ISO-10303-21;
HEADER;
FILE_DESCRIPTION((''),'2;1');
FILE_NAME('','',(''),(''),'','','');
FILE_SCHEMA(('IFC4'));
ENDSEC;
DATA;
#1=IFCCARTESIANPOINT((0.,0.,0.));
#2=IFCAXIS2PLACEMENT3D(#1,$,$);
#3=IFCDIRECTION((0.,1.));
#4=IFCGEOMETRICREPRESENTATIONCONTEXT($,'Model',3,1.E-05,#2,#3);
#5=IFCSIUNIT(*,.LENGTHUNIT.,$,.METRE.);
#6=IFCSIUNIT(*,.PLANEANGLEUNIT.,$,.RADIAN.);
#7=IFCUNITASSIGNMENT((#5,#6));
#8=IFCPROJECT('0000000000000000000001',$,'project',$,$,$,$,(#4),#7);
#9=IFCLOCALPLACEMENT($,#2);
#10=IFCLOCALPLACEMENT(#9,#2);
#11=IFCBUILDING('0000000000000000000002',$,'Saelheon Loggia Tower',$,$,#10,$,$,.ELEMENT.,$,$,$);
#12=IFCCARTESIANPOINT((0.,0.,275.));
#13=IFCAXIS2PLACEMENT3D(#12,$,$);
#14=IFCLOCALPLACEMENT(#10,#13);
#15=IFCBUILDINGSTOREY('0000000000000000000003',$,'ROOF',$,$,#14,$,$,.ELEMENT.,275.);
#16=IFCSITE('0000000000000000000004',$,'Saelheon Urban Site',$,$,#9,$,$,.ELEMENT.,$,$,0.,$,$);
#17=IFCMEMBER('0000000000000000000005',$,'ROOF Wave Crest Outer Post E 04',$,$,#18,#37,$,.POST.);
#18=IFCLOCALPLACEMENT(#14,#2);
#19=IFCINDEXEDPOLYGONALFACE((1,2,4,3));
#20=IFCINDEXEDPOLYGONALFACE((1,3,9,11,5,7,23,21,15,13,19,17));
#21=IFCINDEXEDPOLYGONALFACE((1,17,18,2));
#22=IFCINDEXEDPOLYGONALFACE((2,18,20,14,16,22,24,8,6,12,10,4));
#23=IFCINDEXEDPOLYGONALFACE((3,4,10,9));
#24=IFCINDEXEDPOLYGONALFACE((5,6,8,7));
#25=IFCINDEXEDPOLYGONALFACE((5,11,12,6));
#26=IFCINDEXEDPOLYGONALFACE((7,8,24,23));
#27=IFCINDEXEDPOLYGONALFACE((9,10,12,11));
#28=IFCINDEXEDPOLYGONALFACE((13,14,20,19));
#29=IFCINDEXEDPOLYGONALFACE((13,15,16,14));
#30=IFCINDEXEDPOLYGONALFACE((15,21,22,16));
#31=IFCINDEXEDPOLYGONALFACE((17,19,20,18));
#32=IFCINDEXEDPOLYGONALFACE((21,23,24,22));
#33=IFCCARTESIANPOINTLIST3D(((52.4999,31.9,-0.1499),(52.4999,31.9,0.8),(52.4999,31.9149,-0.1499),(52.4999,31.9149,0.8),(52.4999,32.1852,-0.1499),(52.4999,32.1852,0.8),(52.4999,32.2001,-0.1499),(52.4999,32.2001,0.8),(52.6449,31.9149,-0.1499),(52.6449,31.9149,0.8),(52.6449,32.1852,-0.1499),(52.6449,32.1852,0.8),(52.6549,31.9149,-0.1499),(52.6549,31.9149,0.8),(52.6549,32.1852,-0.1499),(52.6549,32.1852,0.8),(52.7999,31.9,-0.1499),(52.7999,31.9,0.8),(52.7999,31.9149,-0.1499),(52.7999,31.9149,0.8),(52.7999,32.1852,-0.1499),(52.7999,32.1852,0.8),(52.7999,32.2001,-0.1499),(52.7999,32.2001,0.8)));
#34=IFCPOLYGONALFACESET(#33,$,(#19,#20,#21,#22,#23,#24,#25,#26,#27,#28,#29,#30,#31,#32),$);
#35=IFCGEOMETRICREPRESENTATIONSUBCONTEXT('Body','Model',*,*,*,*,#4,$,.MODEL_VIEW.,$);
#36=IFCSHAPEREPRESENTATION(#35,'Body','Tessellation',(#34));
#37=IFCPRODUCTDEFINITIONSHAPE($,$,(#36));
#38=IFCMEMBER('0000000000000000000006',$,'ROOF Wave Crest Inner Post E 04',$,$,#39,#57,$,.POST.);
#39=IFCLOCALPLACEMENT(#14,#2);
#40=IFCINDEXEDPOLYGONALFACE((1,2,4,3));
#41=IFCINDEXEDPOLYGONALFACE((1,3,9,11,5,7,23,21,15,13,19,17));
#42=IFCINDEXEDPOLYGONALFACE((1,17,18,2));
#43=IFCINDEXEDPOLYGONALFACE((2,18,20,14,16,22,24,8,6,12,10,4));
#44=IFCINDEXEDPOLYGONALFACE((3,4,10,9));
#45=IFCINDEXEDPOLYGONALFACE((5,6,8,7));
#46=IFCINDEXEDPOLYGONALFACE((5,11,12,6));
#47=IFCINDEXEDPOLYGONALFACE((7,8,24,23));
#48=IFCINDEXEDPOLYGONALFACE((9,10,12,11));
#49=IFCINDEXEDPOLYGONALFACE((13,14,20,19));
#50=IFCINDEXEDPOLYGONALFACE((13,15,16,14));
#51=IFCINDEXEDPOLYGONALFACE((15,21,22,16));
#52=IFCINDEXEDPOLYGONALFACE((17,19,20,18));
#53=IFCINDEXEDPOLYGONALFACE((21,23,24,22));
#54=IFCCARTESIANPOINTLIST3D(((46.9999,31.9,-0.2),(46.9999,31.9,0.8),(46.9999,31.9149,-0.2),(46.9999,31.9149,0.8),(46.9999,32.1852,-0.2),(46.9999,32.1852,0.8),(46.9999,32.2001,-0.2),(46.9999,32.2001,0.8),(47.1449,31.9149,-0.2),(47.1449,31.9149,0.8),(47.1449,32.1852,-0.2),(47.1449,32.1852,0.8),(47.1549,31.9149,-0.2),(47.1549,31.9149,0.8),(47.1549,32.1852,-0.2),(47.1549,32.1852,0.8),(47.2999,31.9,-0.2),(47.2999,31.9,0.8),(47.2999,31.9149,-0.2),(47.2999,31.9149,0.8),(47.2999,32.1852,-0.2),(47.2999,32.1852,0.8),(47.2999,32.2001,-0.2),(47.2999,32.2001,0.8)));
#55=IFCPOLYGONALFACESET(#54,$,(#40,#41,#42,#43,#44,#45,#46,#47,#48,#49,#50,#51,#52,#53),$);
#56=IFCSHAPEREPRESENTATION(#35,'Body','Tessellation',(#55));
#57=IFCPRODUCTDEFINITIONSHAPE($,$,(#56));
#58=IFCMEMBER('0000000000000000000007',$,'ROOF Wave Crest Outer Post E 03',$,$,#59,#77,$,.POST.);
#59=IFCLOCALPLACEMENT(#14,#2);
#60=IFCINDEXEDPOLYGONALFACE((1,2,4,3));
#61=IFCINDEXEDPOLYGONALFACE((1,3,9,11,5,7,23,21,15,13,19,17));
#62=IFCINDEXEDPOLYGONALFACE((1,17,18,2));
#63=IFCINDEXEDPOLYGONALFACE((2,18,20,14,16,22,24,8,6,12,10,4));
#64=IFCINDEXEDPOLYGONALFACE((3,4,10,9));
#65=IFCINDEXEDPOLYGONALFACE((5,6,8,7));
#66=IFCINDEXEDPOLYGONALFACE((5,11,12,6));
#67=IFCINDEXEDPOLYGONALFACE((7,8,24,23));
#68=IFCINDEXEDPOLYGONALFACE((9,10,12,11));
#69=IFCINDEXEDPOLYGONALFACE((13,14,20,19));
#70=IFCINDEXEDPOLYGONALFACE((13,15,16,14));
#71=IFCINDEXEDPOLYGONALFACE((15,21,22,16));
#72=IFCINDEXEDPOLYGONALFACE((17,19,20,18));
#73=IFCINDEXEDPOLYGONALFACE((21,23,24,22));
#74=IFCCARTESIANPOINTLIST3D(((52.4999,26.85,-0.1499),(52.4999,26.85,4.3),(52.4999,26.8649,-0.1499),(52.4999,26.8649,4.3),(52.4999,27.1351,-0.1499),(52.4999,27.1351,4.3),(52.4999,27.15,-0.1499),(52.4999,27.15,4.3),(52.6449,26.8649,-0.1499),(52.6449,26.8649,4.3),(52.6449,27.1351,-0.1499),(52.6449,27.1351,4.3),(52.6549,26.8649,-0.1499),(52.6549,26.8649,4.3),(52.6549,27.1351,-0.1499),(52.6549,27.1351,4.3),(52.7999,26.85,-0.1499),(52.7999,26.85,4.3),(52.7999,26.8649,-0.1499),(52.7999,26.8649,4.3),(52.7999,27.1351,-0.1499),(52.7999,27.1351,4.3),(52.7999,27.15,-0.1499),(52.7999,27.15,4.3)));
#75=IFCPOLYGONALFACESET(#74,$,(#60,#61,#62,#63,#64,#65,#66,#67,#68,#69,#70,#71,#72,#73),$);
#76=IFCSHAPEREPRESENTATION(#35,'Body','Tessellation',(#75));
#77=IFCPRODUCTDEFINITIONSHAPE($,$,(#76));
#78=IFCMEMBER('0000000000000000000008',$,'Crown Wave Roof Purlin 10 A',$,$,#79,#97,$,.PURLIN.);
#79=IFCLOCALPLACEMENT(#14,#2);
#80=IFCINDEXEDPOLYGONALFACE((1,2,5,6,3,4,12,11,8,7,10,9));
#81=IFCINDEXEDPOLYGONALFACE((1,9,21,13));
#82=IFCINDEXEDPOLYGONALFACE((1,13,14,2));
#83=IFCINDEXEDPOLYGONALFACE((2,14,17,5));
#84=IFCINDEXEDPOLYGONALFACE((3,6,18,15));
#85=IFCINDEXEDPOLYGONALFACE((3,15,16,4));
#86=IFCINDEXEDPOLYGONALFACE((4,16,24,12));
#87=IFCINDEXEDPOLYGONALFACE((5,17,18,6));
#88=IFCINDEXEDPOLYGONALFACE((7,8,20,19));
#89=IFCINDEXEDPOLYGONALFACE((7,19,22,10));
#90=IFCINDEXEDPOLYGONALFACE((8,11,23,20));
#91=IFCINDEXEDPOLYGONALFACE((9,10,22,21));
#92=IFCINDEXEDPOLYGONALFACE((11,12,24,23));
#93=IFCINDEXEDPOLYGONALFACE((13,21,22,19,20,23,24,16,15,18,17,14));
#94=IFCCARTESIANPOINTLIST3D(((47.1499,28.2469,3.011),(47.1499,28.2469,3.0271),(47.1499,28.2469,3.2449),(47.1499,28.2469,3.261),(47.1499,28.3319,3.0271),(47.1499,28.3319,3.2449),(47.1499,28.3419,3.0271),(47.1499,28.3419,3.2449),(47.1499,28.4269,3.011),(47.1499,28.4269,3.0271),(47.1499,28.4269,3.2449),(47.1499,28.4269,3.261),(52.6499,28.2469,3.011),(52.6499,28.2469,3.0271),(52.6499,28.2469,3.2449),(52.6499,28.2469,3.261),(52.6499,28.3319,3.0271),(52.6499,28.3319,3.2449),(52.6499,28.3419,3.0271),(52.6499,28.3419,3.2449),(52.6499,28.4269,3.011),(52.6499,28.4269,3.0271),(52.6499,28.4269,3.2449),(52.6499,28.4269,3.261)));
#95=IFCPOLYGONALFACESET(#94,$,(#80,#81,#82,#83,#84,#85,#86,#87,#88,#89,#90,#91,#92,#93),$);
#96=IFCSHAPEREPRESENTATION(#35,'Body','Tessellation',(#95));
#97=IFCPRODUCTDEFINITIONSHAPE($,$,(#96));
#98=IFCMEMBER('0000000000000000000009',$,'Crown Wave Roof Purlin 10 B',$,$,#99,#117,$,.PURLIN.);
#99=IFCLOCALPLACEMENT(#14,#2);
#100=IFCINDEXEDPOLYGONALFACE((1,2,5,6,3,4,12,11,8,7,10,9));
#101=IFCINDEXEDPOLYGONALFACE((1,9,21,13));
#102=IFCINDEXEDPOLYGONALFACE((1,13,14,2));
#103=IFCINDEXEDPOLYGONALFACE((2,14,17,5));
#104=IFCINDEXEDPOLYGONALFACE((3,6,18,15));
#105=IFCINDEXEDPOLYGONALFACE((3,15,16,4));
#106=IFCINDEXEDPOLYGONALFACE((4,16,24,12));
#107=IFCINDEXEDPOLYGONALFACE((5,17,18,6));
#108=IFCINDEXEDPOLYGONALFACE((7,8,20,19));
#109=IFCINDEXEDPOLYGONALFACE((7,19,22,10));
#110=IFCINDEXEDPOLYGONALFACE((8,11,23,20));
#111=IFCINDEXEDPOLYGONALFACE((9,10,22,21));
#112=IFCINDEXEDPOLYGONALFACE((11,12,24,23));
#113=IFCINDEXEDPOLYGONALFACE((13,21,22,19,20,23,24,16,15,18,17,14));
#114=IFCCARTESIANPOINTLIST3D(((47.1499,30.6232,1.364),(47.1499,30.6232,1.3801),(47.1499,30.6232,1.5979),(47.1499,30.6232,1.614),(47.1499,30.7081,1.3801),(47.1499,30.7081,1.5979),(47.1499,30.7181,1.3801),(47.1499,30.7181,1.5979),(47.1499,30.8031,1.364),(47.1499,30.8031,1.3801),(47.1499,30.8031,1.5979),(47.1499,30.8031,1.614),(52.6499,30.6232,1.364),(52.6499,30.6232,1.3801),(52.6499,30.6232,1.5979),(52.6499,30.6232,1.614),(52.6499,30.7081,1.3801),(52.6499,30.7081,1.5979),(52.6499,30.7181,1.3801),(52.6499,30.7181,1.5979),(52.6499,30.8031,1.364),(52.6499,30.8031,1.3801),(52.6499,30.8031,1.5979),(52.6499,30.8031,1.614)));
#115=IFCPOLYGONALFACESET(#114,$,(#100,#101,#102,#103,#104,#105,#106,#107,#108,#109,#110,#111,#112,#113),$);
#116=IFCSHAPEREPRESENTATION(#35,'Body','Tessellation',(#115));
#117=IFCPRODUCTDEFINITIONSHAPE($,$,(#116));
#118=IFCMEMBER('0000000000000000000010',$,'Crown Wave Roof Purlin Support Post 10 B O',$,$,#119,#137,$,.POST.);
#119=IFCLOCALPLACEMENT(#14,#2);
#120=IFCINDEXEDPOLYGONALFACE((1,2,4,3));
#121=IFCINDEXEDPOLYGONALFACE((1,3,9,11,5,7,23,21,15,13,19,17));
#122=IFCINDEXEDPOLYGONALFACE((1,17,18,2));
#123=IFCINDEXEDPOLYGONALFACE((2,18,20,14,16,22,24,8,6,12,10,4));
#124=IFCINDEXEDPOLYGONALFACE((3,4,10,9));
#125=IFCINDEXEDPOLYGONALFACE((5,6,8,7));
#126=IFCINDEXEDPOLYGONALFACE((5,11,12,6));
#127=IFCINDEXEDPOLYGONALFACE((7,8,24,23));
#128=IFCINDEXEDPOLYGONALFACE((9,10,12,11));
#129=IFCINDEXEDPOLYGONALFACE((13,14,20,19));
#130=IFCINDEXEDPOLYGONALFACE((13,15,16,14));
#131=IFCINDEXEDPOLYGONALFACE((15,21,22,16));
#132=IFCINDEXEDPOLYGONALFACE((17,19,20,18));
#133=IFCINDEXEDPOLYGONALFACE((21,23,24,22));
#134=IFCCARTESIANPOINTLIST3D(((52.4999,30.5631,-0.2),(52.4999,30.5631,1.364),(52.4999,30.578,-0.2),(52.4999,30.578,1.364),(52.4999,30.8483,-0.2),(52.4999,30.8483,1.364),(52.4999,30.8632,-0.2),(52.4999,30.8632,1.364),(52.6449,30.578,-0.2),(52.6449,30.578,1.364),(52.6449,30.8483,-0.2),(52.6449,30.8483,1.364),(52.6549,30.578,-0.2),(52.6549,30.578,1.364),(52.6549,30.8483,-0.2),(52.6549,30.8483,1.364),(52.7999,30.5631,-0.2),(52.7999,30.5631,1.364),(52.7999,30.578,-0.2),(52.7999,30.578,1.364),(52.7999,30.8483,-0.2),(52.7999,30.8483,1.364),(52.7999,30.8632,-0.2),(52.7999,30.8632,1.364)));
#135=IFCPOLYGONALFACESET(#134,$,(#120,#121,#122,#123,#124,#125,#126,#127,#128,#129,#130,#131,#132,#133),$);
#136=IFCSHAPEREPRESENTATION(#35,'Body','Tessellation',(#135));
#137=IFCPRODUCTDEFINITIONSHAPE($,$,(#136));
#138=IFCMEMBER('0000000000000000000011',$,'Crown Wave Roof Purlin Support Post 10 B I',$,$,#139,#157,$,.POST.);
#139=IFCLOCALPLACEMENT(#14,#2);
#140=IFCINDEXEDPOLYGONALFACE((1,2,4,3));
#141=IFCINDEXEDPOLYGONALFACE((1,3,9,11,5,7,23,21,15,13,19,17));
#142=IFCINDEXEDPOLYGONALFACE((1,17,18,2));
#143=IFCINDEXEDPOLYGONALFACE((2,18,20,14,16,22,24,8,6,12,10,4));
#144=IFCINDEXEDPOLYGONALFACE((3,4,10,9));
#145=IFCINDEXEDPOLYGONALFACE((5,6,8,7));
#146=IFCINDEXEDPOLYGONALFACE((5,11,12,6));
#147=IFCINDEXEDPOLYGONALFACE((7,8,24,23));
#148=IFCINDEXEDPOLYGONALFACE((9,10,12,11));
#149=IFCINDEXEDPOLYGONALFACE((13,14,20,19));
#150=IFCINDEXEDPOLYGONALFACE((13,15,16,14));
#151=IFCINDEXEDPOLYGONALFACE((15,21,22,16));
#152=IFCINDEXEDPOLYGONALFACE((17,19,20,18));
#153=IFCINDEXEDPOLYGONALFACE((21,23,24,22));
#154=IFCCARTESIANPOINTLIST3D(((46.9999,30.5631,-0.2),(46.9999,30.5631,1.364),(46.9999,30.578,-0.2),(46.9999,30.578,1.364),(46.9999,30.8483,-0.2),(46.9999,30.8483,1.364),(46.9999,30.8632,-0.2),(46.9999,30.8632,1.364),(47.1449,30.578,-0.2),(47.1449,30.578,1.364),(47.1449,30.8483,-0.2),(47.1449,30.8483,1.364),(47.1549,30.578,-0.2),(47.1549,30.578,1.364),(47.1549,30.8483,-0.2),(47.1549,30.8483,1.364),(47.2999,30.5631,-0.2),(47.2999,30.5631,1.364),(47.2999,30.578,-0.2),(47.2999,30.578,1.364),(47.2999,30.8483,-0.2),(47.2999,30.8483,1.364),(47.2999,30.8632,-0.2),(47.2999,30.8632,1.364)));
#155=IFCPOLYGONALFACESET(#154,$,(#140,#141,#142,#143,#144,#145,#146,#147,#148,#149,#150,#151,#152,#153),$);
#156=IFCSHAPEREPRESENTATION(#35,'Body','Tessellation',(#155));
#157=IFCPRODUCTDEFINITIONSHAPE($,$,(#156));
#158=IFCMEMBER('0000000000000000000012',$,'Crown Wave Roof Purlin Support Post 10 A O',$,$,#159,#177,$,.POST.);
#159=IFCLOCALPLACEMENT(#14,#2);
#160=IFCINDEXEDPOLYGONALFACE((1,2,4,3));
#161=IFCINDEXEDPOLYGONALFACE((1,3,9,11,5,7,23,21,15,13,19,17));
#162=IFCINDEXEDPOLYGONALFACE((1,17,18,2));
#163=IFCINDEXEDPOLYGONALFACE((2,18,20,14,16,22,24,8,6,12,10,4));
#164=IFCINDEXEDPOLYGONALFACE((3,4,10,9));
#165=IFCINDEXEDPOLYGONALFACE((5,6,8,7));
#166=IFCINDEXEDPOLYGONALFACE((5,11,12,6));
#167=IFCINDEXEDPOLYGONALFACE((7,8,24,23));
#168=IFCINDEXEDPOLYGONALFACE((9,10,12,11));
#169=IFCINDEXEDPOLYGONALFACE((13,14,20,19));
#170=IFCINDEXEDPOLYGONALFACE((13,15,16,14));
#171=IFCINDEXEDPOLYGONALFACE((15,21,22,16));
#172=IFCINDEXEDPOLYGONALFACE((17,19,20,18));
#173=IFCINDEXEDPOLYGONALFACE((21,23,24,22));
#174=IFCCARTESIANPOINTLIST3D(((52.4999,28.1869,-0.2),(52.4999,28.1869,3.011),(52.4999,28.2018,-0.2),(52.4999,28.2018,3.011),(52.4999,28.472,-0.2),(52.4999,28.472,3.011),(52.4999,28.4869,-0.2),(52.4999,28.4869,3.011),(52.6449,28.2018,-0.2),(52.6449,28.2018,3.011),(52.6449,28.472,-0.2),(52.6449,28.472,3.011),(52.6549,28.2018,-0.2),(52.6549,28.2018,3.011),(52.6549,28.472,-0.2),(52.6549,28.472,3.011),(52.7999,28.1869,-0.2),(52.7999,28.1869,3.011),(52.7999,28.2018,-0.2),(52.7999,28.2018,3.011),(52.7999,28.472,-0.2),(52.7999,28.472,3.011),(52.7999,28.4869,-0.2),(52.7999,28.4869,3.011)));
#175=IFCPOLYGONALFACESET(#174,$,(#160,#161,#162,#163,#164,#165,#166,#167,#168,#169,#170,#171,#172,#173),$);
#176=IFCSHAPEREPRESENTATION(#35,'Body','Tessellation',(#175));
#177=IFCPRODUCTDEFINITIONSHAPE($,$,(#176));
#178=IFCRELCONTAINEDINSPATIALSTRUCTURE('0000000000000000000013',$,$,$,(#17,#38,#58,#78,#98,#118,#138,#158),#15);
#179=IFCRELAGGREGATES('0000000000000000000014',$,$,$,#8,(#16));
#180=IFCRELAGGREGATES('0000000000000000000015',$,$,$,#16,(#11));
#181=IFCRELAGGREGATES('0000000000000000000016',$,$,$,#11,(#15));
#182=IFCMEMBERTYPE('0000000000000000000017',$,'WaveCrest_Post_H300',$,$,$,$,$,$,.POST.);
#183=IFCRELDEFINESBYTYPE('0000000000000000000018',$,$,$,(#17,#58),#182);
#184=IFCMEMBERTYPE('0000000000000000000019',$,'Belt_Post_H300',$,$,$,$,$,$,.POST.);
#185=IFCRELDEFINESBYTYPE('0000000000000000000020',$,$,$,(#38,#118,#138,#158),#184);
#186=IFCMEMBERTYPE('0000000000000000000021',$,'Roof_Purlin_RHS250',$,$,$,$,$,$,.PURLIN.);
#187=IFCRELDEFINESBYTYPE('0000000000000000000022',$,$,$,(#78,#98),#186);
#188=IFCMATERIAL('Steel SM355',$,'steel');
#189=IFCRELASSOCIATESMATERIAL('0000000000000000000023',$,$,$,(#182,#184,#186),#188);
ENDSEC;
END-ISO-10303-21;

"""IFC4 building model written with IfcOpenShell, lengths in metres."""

from ifc_helpers import new_model, si_unit, direction, frame, origin, origin_2d, place, context, subcontext, project, spatial, i_section, extrude, source, transform, mapped, material, material_profile, profile_set, type_object, element, save


model = new_model("IFC4")

# Units and contexts
model_context = context("Model", 3, precision=1e-05, world=origin(), true_north=direction((0.0, 1.0)))
body_context = subcontext(model_context, "Body", "Model", "MODEL_VIEW")
ifc_project = project(units=[si_unit("LENGTHUNIT", "METRE"), si_unit("PLANEANGLEUNIT", "RADIAN")], contexts=[model_context])

# Site, building, storey
site_placement = place(None, origin())
site = spatial("IfcSite", under=ifc_project, at=site_placement, Name="Saelheon Urban Site", CompositionType="ELEMENT", RefElevation=0.0)
building_placement = place(site_placement, origin())
building = spatial("IfcBuilding", under=site, at=building_placement, Name="Saelheon Loggia Tower", CompositionType="ELEMENT")
storey_placement = place(building_placement, frame((0.0, 0.0, 275.0)))
storey = spatial("IfcBuildingStorey", under=building, at=storey_placement, Name="ROOF", CompositionType="ELEMENT", Elevation=275.0)

# Members
ifc_material_1 = material(Name="Steel SM355", Category="steel")
ifc_material_profile_1 = material_profile(ifc_material_1, i_section(OverallWidth=0.3, OverallDepth=0.3, WebThickness=0.01, FlangeThickness=0.0149, at=origin_2d()), Name="H-300x300x10x15")
ifc_profile_set_1 = profile_set([ifc_material_profile_1], Name="Steel SM355")
member_type_1 = type_object("IfcMemberType", Name="WaveCrest_Post_H300", PredefinedType="POST", material=ifc_profile_set_1)
shared_shape_1 = source(origin(), body_context, "Body", "SweptSolid", [
    extrude(i_section(OverallWidth=0.3, OverallDepth=0.3, WebThickness=0.01, FlangeThickness=0.0149, at=origin_2d()), origin(), (0.0, 0.0, 1.0), 0.95),
])
member_1_placement = place(storey_placement, frame((52.6499, 32.05, -0.1499), z_axis=(0.0, 0.0, 1.0), x_axis=(1.0, 0.0, 0.0)))
element("IfcMember", 1, at=member_1_placement, inside=storey, type_object=member_type_1, Name="ROOF Wave Crest Outer Post E 04", PredefinedType="POST", context=body_context, shape_type="MappedRepresentation", body=[
    mapped(shared_shape_1, transform((0.0, 0.0, 0.0), scale=1.0)),
])
ifc_material_profile_2 = material_profile(ifc_material_1, i_section(OverallWidth=0.3, OverallDepth=0.3, WebThickness=0.01, FlangeThickness=0.0149, at=origin_2d()), Name="H-300x300x10x15")
ifc_profile_set_2 = profile_set([ifc_material_profile_2], Name="Steel SM355")
member_type_2 = type_object("IfcMemberType", Name="Belt_Post_H300", PredefinedType="POST", material=ifc_profile_set_2)
shared_shape_2 = source(origin(), body_context, "Body", "SweptSolid", [
    extrude(i_section(OverallWidth=0.3, OverallDepth=0.3, WebThickness=0.01, FlangeThickness=0.0149, at=origin_2d()), origin(), (0.0, 0.0, 1.0), 1.0),
])
member_2_placement = place(storey_placement, frame((47.1499, 32.05, -0.2), z_axis=(0.0, 0.0, 1.0), x_axis=(1.0, 0.0, 0.0)))
element("IfcMember", 2, at=member_2_placement, inside=storey, type_object=member_type_2, Name="ROOF Wave Crest Inner Post E 04", PredefinedType="POST", context=body_context, shape_type="MappedRepresentation", body=[
    mapped(shared_shape_2, transform((0.0, 0.0, 0.0), scale=1.0)),
])
shared_shape_3 = source(origin(), body_context, "Body", "SweptSolid", [
    extrude(i_section(OverallWidth=0.3, OverallDepth=0.3, WebThickness=0.01, FlangeThickness=0.0149, at=origin_2d()), origin(), (0.0, 0.0, 1.0), 4.45),
])
member_3_placement = place(storey_placement, frame((52.6499, 27.0, -0.1499), z_axis=(0.0, 0.0, 1.0), x_axis=(1.0, 0.0, 0.0)))
element("IfcMember", 3, at=member_3_placement, inside=storey, type_object=member_type_1, Name="ROOF Wave Crest Outer Post E 03", PredefinedType="POST", context=body_context, shape_type="MappedRepresentation", body=[
    mapped(shared_shape_3, transform((0.0, 0.0, 0.0), scale=1.0)),
])
ifc_material_profile_3 = material_profile(ifc_material_1, i_section(OverallWidth=0.1799, OverallDepth=0.25, WebThickness=0.01, FlangeThickness=0.0161, at=origin_2d()), Name="H-250x180x10x16")
ifc_profile_set_3 = profile_set([ifc_material_profile_3], Name="Steel SM355")
member_type_3 = type_object("IfcMemberType", Name="Roof_Purlin_RHS250", PredefinedType="PURLIN", material=ifc_profile_set_3)
shared_shape_4 = source(origin(), body_context, "Body", "SweptSolid", [
    extrude(i_section(OverallWidth=0.1799, OverallDepth=0.25, WebThickness=0.01, FlangeThickness=0.0161, at=origin_2d()), origin(), (0.0, 0.0, 1.0), 5.5),
])
for number, where, z_axis, x_axis, name in (
    (4, (52.6499, 28.3369, 3.136), (-1.0, 0.0, 0.0), (0.0, -1.0, 0.0), "Crown Wave Roof Purlin 10 A"),
    (5, (52.6499, 30.7131, 1.489), (-1.0, 0.0, 0.0), (0.0, -1.0, 0.0), "Crown Wave Roof Purlin 10 B"),
):
    element("IfcMember", number, at=place(storey_placement, frame(where, z_axis=z_axis, x_axis=x_axis)), inside=storey, type_object=member_type_3, Name=name, PredefinedType="PURLIN", context=body_context, shape_type="MappedRepresentation", body=[
        mapped(shared_shape_4, transform((0.0, 0.0, 0.0), scale=1.0)),
    ])
shared_shape_5 = source(origin(), body_context, "Body", "SweptSolid", [
    extrude(i_section(OverallWidth=0.3, OverallDepth=0.3, WebThickness=0.01, FlangeThickness=0.0149, at=origin_2d()), origin(), (0.0, 0.0, 1.0), 1.564),
])
for number, where, z_axis, x_axis, name in (
    (6, (52.6499, 30.7131, -0.2), (0.0, 0.0, 1.0), (1.0, 0.0, 0.0), "Crown Wave Roof Purlin Support Post 10 B O"),
    (7, (47.1499, 30.7131, -0.2), (0.0, 0.0, 1.0), (1.0, 0.0, 0.0), "Crown Wave Roof Purlin Support Post 10 B I"),
):
    element("IfcMember", number, at=place(storey_placement, frame(where, z_axis=z_axis, x_axis=x_axis)), inside=storey, type_object=member_type_2, Name=name, PredefinedType="POST", context=body_context, shape_type="MappedRepresentation", body=[
        mapped(shared_shape_5, transform((0.0, 0.0, 0.0), scale=1.0)),
    ])
shared_shape_6 = source(origin(), body_context, "Body", "SweptSolid", [
    extrude(i_section(OverallWidth=0.3, OverallDepth=0.3, WebThickness=0.01, FlangeThickness=0.0149, at=origin_2d()), origin(), (0.0, 0.0, 1.0), 3.2109),
])
for number, where, z_axis, x_axis, name in (
    (8, (52.6499, 28.3369, -0.2), (0.0, 0.0, 1.0), (1.0, 0.0, 0.0), "Crown Wave Roof Purlin Support Post 10 A O"),
):
    element("IfcMember", number, at=place(storey_placement, frame(where, z_axis=z_axis, x_axis=x_axis)), inside=storey, type_object=member_type_2, Name=name, PredefinedType="POST", context=body_context, shape_type="MappedRepresentation", body=[
        mapped(shared_shape_6, transform((0.0, 0.0, 0.0), scale=1.0)),
    ])

save(model, "model.ifc")
